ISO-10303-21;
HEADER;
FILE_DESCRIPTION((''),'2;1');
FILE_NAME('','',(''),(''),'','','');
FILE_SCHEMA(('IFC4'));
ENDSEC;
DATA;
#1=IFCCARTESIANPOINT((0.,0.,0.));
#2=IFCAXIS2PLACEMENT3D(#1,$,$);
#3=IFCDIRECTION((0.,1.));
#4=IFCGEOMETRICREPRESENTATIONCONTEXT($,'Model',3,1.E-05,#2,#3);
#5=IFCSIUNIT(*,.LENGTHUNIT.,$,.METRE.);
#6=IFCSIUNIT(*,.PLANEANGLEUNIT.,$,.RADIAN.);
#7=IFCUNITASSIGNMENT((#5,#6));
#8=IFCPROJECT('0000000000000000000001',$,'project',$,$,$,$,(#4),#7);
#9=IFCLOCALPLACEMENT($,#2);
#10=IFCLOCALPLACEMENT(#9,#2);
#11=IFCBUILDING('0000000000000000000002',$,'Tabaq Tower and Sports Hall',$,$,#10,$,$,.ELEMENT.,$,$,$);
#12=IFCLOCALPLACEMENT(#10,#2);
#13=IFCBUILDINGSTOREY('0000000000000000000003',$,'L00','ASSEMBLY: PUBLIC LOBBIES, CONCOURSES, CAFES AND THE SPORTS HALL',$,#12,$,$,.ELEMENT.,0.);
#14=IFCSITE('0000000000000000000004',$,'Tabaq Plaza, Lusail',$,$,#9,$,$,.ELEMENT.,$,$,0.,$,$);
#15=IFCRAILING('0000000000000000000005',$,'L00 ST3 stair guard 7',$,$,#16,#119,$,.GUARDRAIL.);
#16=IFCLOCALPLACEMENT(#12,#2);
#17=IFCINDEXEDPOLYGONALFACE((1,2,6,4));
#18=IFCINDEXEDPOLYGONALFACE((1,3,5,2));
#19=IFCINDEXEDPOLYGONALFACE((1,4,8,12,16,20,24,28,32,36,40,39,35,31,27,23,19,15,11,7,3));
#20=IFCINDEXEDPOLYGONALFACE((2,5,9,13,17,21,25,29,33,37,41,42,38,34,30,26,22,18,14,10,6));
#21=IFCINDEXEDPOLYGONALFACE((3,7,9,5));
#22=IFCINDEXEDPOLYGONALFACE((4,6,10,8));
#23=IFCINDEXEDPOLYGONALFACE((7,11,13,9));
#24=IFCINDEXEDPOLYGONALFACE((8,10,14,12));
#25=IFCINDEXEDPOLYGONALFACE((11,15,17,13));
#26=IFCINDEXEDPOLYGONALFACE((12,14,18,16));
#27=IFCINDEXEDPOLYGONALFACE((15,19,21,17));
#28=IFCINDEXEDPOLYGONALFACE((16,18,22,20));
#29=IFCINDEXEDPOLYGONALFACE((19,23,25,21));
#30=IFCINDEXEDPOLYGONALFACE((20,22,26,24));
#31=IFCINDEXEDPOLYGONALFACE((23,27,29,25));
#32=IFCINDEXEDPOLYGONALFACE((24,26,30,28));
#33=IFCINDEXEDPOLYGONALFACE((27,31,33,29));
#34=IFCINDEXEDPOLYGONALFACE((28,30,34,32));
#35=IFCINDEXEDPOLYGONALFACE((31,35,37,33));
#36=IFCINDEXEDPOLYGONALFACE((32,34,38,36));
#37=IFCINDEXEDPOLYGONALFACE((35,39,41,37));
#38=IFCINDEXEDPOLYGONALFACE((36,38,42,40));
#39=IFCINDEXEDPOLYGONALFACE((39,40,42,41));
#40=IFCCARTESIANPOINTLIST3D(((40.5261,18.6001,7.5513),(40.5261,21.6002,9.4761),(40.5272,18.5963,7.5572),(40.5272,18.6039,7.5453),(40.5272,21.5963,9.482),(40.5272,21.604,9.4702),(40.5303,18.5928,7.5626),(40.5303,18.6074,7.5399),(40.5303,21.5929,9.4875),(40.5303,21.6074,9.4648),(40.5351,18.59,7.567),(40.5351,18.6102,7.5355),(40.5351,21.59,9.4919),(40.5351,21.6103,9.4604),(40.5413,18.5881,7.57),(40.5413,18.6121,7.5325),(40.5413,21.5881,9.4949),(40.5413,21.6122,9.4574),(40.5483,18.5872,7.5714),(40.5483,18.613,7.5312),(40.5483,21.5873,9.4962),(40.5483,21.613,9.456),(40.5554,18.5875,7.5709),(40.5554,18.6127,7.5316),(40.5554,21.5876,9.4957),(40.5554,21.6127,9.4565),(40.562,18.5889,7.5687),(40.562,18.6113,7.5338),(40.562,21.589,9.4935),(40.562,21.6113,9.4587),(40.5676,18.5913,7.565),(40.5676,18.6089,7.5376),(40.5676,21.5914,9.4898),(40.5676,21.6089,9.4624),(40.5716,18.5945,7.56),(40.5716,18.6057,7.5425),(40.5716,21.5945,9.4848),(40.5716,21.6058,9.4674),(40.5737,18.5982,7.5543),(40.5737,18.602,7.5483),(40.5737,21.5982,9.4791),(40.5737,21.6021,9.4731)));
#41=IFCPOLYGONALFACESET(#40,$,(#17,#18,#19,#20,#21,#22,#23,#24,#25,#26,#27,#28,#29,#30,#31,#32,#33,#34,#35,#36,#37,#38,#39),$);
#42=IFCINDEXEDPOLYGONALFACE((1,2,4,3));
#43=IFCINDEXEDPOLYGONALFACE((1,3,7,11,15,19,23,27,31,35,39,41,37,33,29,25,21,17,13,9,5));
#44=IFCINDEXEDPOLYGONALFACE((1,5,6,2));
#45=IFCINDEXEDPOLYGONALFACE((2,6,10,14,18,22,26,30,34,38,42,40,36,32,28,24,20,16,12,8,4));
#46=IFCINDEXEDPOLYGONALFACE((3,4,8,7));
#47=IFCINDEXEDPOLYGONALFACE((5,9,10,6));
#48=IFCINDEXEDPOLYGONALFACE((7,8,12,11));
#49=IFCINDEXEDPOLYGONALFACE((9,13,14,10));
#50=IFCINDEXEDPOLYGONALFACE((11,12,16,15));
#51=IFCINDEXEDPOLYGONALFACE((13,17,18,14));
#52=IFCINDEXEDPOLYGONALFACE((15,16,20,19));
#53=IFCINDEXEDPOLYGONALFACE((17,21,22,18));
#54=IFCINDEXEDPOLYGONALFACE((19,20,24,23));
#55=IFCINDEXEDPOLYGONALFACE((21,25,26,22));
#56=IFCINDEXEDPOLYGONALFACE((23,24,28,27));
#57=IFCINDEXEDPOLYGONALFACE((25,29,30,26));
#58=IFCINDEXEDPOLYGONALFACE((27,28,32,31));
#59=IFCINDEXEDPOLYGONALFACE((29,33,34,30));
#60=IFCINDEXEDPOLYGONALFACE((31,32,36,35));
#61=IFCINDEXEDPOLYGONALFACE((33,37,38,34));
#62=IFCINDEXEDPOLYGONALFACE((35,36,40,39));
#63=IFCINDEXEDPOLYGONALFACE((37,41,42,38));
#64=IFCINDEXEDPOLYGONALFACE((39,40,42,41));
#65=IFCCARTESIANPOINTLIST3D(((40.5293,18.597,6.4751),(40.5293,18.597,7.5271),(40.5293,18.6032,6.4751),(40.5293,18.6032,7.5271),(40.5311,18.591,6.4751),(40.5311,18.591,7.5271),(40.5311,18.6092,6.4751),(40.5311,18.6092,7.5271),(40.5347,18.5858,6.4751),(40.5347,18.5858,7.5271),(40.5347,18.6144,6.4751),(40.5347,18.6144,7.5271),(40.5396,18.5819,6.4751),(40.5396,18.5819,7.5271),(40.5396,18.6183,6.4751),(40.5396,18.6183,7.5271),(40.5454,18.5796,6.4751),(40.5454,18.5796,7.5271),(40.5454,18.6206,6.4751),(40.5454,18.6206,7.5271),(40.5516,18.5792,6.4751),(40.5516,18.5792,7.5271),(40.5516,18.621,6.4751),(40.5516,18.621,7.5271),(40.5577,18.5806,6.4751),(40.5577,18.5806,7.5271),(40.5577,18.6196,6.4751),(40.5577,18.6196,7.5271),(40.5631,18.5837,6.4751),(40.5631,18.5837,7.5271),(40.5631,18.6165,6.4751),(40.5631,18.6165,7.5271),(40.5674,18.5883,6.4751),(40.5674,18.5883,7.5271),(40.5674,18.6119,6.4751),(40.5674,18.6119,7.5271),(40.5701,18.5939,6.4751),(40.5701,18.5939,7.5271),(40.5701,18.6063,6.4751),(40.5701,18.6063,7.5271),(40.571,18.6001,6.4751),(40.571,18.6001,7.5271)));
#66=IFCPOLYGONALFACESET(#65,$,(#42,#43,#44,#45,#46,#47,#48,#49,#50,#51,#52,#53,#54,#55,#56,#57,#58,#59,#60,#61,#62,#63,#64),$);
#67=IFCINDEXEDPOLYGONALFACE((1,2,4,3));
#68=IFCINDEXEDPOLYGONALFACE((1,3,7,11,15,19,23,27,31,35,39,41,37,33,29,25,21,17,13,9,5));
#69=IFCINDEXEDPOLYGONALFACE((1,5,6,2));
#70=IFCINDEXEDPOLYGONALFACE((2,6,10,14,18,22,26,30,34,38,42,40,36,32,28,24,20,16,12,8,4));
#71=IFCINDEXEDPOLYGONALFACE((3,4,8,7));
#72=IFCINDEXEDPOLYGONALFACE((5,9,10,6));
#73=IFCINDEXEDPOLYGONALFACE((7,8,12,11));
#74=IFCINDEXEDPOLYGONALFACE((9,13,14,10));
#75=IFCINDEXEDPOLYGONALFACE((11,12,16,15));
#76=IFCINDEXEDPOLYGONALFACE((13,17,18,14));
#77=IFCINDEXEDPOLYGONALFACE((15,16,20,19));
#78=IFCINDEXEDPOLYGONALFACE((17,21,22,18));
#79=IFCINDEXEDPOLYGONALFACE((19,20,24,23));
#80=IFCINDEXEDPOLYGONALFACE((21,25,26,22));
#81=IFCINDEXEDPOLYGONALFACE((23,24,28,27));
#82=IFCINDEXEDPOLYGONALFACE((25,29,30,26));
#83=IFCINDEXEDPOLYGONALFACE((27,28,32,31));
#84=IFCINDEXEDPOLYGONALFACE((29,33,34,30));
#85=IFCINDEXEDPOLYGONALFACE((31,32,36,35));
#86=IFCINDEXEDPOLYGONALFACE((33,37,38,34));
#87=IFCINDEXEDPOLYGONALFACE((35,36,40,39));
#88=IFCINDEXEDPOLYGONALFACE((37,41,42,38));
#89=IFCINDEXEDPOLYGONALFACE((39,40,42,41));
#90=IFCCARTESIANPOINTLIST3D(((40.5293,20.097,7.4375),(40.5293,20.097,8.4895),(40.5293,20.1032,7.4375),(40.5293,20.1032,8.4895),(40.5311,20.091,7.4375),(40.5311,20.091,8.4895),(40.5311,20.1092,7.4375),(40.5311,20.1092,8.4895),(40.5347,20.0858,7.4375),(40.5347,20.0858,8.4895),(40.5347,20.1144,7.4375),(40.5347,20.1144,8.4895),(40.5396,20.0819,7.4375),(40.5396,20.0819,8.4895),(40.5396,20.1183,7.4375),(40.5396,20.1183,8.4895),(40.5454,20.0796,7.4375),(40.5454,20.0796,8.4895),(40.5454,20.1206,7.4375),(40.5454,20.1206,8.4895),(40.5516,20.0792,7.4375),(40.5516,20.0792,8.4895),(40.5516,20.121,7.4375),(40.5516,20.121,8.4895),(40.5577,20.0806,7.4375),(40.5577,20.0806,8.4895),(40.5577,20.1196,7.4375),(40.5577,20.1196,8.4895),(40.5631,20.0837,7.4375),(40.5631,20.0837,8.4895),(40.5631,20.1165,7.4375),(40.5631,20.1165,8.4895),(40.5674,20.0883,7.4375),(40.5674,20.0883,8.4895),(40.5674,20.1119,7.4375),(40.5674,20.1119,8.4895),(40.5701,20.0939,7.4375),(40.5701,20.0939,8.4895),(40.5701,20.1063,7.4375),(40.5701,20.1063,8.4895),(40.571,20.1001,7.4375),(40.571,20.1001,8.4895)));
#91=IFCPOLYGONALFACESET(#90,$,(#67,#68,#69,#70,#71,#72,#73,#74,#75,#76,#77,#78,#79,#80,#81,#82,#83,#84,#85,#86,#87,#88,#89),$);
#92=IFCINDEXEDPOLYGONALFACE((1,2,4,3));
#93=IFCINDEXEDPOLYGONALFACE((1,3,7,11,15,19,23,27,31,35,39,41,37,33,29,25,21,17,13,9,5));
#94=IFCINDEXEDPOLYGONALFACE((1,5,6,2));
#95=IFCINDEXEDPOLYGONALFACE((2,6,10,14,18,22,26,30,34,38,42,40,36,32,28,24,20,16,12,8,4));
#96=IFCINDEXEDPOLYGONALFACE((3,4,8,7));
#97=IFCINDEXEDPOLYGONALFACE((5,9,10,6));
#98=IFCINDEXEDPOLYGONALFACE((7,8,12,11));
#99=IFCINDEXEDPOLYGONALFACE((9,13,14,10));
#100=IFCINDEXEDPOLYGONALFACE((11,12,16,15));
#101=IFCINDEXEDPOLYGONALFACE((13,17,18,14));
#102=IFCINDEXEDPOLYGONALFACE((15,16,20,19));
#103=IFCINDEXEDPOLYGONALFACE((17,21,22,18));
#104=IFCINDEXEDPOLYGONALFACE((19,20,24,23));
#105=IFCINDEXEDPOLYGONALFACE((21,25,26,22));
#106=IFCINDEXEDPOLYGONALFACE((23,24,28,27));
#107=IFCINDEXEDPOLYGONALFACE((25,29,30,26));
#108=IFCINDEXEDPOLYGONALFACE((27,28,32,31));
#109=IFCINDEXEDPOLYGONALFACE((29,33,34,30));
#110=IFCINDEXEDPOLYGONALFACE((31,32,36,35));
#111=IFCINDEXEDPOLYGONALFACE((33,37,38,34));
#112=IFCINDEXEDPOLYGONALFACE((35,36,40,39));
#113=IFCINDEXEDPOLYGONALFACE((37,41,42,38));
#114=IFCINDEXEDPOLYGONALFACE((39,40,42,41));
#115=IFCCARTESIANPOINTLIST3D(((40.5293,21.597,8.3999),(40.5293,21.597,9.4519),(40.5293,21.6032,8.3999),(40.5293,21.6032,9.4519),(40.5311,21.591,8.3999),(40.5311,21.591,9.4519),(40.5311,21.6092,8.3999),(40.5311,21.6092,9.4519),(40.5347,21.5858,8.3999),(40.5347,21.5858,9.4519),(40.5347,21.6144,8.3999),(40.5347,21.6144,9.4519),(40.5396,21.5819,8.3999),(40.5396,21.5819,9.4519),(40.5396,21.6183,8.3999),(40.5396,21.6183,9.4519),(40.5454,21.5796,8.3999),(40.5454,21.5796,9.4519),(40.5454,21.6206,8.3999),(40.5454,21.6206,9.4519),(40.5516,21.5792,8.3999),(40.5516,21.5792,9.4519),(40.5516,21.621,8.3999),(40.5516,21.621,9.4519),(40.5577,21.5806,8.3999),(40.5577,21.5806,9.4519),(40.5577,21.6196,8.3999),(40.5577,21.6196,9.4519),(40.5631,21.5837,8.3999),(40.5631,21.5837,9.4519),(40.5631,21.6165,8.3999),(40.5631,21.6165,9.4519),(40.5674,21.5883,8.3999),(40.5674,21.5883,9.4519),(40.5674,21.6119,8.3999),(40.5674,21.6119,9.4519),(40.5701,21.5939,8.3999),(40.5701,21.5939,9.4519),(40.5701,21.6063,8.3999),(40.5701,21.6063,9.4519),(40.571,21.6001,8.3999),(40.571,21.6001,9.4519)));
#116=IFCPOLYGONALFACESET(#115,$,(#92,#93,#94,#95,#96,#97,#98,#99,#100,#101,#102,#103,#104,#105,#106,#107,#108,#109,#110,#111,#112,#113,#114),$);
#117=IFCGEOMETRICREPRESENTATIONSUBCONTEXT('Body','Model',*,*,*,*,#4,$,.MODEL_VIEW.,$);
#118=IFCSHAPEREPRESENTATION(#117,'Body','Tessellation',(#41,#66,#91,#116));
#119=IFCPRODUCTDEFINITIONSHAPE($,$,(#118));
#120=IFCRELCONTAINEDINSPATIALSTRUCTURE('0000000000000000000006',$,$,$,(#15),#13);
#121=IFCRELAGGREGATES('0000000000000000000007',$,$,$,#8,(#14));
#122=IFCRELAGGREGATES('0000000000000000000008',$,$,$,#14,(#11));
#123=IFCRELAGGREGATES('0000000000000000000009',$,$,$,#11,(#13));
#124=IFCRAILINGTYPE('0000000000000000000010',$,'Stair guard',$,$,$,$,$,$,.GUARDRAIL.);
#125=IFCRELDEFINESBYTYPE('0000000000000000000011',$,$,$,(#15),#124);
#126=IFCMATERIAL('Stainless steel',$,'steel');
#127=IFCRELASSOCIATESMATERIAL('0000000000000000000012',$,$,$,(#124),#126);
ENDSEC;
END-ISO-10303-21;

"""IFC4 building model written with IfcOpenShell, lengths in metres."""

from ifc_helpers import new_model, si_unit, direction, frame, origin, origin_2d, place, context, subcontext, project, spatial, circle, extrude, material, type_object, element, save


model = new_model("IFC4")

# Units and contexts
model_context = context("Model", 3, precision=1e-05, world=origin(), true_north=direction((0.0, 1.0)))
body_context = subcontext(model_context, "Body", "Model", "MODEL_VIEW")
ifc_project = project(units=[si_unit("LENGTHUNIT", "METRE"), si_unit("PLANEANGLEUNIT", "RADIAN")], contexts=[model_context])

# Site, building, storey
site_placement = place(None, origin())
site = spatial("IfcSite", under=ifc_project, at=site_placement, Name="Tabaq Plaza, Lusail", CompositionType="ELEMENT", RefElevation=0.0)
building_placement = place(site_placement, origin())
building = spatial("IfcBuilding", under=site, at=building_placement, Name="Tabaq Tower and Sports Hall", CompositionType="ELEMENT")
storey_placement = place(building_placement, origin())
storey = spatial("IfcBuildingStorey", under=building, at=storey_placement, Name="L00", Description="ASSEMBLY: PUBLIC LOBBIES, CONCOURSES, CAFES AND THE SPORTS HALL", CompositionType="ELEMENT", Elevation=0.0)

# Railing
ifc_material_1 = material(Name="Stainless steel", Category="steel")
railing_type_1 = type_object("IfcRailingType", Name="Stair guard", PredefinedType="GUARDRAIL", material=ifc_material_1)
railing_1_placement = place(storey_placement, frame((40.55, 18.6001, 6.4751)))
element("IfcRailing", 1, at=railing_1_placement, inside=storey, type_object=railing_type_1, Name="L00 ST3 stair guard 7", PredefinedType="GUARDRAIL", context=body_context, shape_type="SweptSolid", body=[
    extrude(circle(Radius=0.0239, at=origin_2d()), frame((0.0, 0.0, 1.0762), z_axis=(0.0, 0.841659, 0.54001), x_axis=(-1.0, 0.0, 0.0)), (0.0, 0.0, 1.0), 3.5645),
    extrude(circle(Radius=0.021, at=origin_2d()), origin(), (0.0, 0.0, 1.0), 1.052),
    extrude(circle(Radius=0.021, at=origin_2d()), frame((0.0, 1.5, 0.9624)), (0.0, 0.0, 1.0), 1.052),
    extrude(circle(Radius=0.021, at=origin_2d()), frame((0.0, 3.0, 1.9248)), (0.0, 0.0, 1.0), 1.052),
])

save(model, "model.ifc")
